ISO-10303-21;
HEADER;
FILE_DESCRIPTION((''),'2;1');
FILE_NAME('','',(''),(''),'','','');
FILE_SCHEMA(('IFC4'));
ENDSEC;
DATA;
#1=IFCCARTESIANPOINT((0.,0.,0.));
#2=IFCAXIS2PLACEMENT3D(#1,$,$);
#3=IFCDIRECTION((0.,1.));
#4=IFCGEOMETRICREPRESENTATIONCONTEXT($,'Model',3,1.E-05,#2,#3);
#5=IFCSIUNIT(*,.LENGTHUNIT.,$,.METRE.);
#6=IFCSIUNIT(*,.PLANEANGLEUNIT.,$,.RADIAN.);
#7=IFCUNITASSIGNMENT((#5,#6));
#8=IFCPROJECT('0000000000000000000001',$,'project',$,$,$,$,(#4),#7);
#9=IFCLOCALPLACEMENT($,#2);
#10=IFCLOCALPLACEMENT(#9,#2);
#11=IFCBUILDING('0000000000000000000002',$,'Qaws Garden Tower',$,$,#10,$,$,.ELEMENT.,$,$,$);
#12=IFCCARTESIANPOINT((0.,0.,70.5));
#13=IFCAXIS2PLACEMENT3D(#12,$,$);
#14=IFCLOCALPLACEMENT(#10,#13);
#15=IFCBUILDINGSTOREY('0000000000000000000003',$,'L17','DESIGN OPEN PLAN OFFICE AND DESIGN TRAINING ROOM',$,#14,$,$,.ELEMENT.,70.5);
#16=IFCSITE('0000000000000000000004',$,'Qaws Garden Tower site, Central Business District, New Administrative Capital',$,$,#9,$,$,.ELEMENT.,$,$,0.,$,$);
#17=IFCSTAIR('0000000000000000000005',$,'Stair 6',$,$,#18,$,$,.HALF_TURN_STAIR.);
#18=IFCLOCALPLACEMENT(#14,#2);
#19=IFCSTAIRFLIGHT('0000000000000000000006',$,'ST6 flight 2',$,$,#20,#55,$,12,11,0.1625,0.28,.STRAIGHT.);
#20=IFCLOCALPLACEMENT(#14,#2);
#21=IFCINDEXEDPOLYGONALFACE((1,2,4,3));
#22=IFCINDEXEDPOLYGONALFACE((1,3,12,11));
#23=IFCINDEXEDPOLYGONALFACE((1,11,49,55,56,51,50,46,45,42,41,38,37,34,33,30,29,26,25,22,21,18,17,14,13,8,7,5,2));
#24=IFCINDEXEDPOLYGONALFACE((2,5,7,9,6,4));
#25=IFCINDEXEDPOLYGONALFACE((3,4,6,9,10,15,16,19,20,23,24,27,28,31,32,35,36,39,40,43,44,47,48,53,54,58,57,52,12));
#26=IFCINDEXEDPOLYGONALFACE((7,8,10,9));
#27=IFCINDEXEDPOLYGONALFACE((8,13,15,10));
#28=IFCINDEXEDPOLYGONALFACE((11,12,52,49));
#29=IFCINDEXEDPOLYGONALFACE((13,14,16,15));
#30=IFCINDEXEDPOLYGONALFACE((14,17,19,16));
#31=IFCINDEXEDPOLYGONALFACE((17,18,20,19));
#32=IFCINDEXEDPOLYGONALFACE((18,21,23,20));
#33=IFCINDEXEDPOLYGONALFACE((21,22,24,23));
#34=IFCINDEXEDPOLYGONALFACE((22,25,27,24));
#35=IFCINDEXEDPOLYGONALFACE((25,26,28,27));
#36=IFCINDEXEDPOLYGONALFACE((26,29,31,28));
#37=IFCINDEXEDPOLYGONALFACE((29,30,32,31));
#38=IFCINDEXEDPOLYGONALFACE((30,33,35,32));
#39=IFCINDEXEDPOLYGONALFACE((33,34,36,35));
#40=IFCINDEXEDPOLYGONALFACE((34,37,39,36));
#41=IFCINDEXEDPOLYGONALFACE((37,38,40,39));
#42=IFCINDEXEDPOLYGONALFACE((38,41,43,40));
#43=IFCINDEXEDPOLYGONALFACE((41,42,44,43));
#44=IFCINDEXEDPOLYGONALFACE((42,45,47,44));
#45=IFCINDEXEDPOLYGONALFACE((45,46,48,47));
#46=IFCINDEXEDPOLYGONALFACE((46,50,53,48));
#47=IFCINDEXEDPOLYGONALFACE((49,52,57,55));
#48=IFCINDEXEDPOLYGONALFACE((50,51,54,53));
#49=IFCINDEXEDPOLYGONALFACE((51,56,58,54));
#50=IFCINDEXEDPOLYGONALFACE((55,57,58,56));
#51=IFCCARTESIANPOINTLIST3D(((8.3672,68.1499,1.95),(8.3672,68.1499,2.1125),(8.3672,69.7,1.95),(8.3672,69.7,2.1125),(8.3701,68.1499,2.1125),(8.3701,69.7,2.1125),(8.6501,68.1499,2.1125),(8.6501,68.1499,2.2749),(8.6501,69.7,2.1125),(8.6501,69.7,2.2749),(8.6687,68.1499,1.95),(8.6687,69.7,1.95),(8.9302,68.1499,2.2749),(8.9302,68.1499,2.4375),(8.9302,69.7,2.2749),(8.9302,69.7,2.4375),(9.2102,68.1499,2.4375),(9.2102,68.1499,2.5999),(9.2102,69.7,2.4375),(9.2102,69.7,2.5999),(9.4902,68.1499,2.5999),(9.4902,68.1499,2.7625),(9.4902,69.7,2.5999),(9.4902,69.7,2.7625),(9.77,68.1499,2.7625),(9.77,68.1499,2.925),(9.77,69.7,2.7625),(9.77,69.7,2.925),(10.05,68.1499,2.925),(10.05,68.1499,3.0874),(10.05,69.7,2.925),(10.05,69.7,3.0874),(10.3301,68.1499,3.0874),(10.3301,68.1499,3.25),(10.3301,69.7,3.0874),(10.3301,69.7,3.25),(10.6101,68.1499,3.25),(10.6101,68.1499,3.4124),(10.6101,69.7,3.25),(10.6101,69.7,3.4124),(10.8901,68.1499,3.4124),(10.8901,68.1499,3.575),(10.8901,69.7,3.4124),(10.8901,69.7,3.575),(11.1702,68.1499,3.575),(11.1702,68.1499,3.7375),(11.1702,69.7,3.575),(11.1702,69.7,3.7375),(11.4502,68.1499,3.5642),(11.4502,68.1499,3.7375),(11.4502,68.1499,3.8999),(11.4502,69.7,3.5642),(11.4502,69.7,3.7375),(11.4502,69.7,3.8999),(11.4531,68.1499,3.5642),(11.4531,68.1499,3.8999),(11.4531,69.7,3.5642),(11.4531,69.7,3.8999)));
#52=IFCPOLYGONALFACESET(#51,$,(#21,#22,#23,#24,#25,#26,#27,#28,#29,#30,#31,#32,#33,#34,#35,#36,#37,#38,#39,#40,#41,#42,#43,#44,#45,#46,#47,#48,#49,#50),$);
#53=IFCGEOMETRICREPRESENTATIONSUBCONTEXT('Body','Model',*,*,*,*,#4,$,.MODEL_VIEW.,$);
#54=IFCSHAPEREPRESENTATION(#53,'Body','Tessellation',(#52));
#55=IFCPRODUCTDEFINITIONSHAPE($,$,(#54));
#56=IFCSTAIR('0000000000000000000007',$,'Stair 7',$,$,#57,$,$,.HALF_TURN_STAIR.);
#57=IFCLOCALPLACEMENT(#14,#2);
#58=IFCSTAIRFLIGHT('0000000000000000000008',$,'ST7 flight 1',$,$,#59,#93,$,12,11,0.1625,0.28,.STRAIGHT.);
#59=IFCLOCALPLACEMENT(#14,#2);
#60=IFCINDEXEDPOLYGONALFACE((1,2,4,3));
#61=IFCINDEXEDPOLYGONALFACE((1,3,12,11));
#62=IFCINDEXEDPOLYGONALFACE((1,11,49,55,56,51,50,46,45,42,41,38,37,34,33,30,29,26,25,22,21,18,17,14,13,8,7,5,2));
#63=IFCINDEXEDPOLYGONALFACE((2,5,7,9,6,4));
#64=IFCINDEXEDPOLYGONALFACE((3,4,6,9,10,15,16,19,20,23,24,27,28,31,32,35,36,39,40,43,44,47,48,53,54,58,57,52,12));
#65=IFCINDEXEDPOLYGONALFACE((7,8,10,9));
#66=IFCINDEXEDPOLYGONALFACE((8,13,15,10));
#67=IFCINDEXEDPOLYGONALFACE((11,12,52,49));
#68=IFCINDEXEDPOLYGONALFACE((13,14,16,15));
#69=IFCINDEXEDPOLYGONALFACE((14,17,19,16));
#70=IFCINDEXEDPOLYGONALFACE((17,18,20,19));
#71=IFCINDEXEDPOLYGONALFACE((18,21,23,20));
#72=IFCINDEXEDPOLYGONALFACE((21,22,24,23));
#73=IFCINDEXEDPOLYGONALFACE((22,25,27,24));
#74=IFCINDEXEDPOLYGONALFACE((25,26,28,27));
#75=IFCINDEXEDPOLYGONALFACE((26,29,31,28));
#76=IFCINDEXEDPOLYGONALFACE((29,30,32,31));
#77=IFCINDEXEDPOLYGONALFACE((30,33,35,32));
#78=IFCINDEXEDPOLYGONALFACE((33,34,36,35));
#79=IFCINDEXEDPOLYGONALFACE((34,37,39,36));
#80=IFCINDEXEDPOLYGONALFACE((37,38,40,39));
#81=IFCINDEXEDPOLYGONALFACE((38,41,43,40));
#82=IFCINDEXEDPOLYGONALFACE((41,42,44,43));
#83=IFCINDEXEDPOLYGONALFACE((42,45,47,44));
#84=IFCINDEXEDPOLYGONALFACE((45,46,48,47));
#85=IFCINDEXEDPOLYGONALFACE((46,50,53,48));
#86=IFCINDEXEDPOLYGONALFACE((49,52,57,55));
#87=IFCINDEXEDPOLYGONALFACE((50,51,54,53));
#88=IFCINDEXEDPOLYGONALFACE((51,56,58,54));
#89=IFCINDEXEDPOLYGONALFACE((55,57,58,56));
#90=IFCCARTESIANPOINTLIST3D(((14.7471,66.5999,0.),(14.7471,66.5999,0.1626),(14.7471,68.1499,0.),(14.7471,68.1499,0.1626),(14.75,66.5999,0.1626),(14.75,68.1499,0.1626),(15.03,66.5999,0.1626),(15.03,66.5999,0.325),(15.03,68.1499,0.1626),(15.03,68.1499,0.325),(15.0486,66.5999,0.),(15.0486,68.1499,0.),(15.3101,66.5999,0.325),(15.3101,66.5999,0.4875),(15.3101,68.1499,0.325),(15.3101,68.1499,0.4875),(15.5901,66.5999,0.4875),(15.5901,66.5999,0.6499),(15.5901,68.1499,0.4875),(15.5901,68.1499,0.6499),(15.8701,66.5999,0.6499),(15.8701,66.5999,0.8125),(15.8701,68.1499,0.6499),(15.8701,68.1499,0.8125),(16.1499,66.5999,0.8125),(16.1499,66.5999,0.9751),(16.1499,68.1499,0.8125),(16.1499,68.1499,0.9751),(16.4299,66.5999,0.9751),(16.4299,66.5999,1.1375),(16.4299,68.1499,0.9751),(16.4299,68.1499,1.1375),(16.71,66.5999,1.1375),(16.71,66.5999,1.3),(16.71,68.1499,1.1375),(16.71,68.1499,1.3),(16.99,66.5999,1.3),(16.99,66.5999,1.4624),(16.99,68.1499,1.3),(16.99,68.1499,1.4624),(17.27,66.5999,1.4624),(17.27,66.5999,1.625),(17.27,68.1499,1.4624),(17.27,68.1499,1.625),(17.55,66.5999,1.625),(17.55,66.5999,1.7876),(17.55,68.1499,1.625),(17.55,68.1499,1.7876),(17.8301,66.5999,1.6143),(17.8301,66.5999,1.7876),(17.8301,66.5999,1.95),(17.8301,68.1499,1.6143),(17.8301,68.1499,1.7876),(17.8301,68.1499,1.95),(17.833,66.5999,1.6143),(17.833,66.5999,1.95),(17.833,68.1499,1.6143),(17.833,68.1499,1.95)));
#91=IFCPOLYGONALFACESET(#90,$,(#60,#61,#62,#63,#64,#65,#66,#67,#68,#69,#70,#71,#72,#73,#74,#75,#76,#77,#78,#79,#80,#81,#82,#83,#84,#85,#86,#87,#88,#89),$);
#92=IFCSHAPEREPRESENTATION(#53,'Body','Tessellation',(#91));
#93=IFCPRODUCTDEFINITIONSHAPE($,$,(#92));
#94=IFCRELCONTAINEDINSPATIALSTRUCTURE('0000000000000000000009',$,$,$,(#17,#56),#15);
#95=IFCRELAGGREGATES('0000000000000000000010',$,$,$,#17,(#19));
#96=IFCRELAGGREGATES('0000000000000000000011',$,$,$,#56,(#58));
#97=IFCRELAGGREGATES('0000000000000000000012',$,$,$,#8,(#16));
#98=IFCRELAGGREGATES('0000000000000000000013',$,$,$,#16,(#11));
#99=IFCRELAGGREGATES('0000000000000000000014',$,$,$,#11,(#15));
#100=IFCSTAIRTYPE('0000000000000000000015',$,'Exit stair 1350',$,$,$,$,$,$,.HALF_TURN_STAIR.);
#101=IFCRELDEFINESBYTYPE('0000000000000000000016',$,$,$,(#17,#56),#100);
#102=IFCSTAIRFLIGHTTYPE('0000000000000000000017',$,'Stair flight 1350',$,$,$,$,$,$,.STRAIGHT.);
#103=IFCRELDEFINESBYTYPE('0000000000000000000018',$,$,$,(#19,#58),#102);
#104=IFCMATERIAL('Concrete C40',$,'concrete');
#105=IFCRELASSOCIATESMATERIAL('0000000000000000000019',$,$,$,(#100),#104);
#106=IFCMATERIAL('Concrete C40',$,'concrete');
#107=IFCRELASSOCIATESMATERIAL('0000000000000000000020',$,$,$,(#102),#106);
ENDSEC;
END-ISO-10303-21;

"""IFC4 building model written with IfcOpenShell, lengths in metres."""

from ifc_helpers import new_model, si_unit, direction, frame, origin, place, context, subcontext, project, spatial, polyline, outline, extrude, material, type_object, element, aggregate, save


model = new_model("IFC4")

# Units and contexts
model_context = context("Model", 3, precision=1e-05, world=origin(), true_north=direction((0.0, 1.0)))
body_context = subcontext(model_context, "Body", "Model", "MODEL_VIEW")
ifc_project = project(units=[si_unit("LENGTHUNIT", "METRE"), si_unit("PLANEANGLEUNIT", "RADIAN")], contexts=[model_context])

# Site, building, storey
site_placement = place(None, origin())
site = spatial("IfcSite", under=ifc_project, at=site_placement, Name="Qaws Garden Tower site, Central Business District, New Administrative Capital", CompositionType="ELEMENT", RefElevation=0.0)
building_placement = place(site_placement, origin())
building = spatial("IfcBuilding", under=site, at=building_placement, Name="Qaws Garden Tower", CompositionType="ELEMENT")
storey_placement = place(building_placement, frame((0.0, 0.0, 70.5)))
storey = spatial("IfcBuildingStorey", under=building, at=storey_placement, Name="L17", Description="DESIGN OPEN PLAN OFFICE AND DESIGN TRAINING ROOM", CompositionType="ELEMENT", Elevation=70.5)

# Stair, stair flight
ifc_material_1 = material(Name="Concrete C40", Category="concrete")
stair_type = type_object("IfcStairType", Name="Exit stair 1350", PredefinedType="HALF_TURN_STAIR", material=ifc_material_1)
placement = place(storey_placement, origin())
stair_1 = element("IfcStair", 1, at=placement, inside=storey, type_object=stair_type, Name="Stair 6", PredefinedType="HALF_TURN_STAIR")
ifc_material_2 = material(Name="Concrete C40", Category="concrete")
stair_flight_type = type_object("IfcStairFlightType", Name="Stair flight 1350", PredefinedType="STRAIGHT", material=ifc_material_2)
stair_flight_1_placement = place(storey_placement, frame((8.3701, 68.925, 1.95), z_axis=(0.0, 0.0, 1.0), x_axis=(1.0, 0.0, 0.0)))
stair_flight_1 = element("IfcStairFlight", 2, at=stair_flight_1_placement, type_object=stair_flight_type, Name="ST6 flight 2", NumberOfRisers=12, NumberOfTreads=11, PredefinedType="STRAIGHT", RiserHeight=0.1625, TreadLength=0.28, context=body_context, shape_type="SweptSolid", body=[
    extrude(outline(polyline([(-0.0029, 0.0), (-0.0029, 0.1626), (0.0, 0.1626), (0.28, 0.1626), (0.28, 0.325), (0.5601, 0.325), (0.5601, 0.4875), (0.8401, 0.4875), (0.8401, 0.6499), (1.1201, 0.6499), (1.1201, 0.8125), (1.3999, 0.8125), (1.3999, 0.9751), (1.6799, 0.9751), (1.6799, 1.1375), (1.96, 1.1375), (1.96, 1.3), (2.24, 1.3), (2.24, 1.4624), (2.52, 1.4624), (2.52, 1.625), (2.8, 1.625), (2.8, 1.7876), (3.0801, 1.7876), (3.0801, 1.95), (3.083, 1.95), (3.083, 1.6143), (3.0801, 1.6143), (0.2986, 0.0), (-0.0029, 0.0)])), frame((0.0, 0.7749, 0.0), z_axis=(0.0, -1.0, 0.0), x_axis=(1.0, 0.0, 0.0)), (0.0, 0.0, 1.0), 1.55),
])
aggregate(stair_1, [stair_flight_1])

# Stair, stair flight
stair_2 = element("IfcStair", 3, at=placement, inside=storey, type_object=stair_type, Name="Stair 7", PredefinedType="HALF_TURN_STAIR")
stair_flight_2_placement = place(storey_placement, frame((14.75, 67.375, 0.0), z_axis=(0.0, 0.0, 1.0), x_axis=(1.0, 0.0, 0.0)))
stair_flight_2 = element("IfcStairFlight", 4, at=stair_flight_2_placement, type_object=stair_flight_type, Name="ST7 flight 1", NumberOfRisers=12, NumberOfTreads=11, PredefinedType="STRAIGHT", RiserHeight=0.1625, TreadLength=0.28, context=body_context, shape_type="SweptSolid", body=[
    extrude(outline(polyline([(-0.0029, 0.0), (-0.0029, 0.1626), (0.0, 0.1626), (0.28, 0.1626), (0.28, 0.325), (0.5601, 0.325), (0.5601, 0.4875), (0.8401, 0.4875), (0.8401, 0.6499), (1.1201, 0.6499), (1.1201, 0.8125), (1.3999, 0.8125), (1.3999, 0.9751), (1.6799, 0.9751), (1.6799, 1.1375), (1.96, 1.1375), (1.96, 1.3), (2.24, 1.3), (2.24, 1.4624), (2.52, 1.4624), (2.52, 1.625), (2.8, 1.625), (2.8, 1.7876), (3.0801, 1.7876), (3.0801, 1.95), (3.083, 1.95), (3.083, 1.6143), (3.0801, 1.6143), (0.2986, 0.0), (-0.0029, 0.0)])), frame((0.0, 0.7749, 0.0), z_axis=(0.0, -1.0, 0.0), x_axis=(1.0, 0.0, 0.0)), (0.0, 0.0, 1.0), 1.55),
])
aggregate(stair_2, [stair_flight_2])

save(model, "model.ifc")
